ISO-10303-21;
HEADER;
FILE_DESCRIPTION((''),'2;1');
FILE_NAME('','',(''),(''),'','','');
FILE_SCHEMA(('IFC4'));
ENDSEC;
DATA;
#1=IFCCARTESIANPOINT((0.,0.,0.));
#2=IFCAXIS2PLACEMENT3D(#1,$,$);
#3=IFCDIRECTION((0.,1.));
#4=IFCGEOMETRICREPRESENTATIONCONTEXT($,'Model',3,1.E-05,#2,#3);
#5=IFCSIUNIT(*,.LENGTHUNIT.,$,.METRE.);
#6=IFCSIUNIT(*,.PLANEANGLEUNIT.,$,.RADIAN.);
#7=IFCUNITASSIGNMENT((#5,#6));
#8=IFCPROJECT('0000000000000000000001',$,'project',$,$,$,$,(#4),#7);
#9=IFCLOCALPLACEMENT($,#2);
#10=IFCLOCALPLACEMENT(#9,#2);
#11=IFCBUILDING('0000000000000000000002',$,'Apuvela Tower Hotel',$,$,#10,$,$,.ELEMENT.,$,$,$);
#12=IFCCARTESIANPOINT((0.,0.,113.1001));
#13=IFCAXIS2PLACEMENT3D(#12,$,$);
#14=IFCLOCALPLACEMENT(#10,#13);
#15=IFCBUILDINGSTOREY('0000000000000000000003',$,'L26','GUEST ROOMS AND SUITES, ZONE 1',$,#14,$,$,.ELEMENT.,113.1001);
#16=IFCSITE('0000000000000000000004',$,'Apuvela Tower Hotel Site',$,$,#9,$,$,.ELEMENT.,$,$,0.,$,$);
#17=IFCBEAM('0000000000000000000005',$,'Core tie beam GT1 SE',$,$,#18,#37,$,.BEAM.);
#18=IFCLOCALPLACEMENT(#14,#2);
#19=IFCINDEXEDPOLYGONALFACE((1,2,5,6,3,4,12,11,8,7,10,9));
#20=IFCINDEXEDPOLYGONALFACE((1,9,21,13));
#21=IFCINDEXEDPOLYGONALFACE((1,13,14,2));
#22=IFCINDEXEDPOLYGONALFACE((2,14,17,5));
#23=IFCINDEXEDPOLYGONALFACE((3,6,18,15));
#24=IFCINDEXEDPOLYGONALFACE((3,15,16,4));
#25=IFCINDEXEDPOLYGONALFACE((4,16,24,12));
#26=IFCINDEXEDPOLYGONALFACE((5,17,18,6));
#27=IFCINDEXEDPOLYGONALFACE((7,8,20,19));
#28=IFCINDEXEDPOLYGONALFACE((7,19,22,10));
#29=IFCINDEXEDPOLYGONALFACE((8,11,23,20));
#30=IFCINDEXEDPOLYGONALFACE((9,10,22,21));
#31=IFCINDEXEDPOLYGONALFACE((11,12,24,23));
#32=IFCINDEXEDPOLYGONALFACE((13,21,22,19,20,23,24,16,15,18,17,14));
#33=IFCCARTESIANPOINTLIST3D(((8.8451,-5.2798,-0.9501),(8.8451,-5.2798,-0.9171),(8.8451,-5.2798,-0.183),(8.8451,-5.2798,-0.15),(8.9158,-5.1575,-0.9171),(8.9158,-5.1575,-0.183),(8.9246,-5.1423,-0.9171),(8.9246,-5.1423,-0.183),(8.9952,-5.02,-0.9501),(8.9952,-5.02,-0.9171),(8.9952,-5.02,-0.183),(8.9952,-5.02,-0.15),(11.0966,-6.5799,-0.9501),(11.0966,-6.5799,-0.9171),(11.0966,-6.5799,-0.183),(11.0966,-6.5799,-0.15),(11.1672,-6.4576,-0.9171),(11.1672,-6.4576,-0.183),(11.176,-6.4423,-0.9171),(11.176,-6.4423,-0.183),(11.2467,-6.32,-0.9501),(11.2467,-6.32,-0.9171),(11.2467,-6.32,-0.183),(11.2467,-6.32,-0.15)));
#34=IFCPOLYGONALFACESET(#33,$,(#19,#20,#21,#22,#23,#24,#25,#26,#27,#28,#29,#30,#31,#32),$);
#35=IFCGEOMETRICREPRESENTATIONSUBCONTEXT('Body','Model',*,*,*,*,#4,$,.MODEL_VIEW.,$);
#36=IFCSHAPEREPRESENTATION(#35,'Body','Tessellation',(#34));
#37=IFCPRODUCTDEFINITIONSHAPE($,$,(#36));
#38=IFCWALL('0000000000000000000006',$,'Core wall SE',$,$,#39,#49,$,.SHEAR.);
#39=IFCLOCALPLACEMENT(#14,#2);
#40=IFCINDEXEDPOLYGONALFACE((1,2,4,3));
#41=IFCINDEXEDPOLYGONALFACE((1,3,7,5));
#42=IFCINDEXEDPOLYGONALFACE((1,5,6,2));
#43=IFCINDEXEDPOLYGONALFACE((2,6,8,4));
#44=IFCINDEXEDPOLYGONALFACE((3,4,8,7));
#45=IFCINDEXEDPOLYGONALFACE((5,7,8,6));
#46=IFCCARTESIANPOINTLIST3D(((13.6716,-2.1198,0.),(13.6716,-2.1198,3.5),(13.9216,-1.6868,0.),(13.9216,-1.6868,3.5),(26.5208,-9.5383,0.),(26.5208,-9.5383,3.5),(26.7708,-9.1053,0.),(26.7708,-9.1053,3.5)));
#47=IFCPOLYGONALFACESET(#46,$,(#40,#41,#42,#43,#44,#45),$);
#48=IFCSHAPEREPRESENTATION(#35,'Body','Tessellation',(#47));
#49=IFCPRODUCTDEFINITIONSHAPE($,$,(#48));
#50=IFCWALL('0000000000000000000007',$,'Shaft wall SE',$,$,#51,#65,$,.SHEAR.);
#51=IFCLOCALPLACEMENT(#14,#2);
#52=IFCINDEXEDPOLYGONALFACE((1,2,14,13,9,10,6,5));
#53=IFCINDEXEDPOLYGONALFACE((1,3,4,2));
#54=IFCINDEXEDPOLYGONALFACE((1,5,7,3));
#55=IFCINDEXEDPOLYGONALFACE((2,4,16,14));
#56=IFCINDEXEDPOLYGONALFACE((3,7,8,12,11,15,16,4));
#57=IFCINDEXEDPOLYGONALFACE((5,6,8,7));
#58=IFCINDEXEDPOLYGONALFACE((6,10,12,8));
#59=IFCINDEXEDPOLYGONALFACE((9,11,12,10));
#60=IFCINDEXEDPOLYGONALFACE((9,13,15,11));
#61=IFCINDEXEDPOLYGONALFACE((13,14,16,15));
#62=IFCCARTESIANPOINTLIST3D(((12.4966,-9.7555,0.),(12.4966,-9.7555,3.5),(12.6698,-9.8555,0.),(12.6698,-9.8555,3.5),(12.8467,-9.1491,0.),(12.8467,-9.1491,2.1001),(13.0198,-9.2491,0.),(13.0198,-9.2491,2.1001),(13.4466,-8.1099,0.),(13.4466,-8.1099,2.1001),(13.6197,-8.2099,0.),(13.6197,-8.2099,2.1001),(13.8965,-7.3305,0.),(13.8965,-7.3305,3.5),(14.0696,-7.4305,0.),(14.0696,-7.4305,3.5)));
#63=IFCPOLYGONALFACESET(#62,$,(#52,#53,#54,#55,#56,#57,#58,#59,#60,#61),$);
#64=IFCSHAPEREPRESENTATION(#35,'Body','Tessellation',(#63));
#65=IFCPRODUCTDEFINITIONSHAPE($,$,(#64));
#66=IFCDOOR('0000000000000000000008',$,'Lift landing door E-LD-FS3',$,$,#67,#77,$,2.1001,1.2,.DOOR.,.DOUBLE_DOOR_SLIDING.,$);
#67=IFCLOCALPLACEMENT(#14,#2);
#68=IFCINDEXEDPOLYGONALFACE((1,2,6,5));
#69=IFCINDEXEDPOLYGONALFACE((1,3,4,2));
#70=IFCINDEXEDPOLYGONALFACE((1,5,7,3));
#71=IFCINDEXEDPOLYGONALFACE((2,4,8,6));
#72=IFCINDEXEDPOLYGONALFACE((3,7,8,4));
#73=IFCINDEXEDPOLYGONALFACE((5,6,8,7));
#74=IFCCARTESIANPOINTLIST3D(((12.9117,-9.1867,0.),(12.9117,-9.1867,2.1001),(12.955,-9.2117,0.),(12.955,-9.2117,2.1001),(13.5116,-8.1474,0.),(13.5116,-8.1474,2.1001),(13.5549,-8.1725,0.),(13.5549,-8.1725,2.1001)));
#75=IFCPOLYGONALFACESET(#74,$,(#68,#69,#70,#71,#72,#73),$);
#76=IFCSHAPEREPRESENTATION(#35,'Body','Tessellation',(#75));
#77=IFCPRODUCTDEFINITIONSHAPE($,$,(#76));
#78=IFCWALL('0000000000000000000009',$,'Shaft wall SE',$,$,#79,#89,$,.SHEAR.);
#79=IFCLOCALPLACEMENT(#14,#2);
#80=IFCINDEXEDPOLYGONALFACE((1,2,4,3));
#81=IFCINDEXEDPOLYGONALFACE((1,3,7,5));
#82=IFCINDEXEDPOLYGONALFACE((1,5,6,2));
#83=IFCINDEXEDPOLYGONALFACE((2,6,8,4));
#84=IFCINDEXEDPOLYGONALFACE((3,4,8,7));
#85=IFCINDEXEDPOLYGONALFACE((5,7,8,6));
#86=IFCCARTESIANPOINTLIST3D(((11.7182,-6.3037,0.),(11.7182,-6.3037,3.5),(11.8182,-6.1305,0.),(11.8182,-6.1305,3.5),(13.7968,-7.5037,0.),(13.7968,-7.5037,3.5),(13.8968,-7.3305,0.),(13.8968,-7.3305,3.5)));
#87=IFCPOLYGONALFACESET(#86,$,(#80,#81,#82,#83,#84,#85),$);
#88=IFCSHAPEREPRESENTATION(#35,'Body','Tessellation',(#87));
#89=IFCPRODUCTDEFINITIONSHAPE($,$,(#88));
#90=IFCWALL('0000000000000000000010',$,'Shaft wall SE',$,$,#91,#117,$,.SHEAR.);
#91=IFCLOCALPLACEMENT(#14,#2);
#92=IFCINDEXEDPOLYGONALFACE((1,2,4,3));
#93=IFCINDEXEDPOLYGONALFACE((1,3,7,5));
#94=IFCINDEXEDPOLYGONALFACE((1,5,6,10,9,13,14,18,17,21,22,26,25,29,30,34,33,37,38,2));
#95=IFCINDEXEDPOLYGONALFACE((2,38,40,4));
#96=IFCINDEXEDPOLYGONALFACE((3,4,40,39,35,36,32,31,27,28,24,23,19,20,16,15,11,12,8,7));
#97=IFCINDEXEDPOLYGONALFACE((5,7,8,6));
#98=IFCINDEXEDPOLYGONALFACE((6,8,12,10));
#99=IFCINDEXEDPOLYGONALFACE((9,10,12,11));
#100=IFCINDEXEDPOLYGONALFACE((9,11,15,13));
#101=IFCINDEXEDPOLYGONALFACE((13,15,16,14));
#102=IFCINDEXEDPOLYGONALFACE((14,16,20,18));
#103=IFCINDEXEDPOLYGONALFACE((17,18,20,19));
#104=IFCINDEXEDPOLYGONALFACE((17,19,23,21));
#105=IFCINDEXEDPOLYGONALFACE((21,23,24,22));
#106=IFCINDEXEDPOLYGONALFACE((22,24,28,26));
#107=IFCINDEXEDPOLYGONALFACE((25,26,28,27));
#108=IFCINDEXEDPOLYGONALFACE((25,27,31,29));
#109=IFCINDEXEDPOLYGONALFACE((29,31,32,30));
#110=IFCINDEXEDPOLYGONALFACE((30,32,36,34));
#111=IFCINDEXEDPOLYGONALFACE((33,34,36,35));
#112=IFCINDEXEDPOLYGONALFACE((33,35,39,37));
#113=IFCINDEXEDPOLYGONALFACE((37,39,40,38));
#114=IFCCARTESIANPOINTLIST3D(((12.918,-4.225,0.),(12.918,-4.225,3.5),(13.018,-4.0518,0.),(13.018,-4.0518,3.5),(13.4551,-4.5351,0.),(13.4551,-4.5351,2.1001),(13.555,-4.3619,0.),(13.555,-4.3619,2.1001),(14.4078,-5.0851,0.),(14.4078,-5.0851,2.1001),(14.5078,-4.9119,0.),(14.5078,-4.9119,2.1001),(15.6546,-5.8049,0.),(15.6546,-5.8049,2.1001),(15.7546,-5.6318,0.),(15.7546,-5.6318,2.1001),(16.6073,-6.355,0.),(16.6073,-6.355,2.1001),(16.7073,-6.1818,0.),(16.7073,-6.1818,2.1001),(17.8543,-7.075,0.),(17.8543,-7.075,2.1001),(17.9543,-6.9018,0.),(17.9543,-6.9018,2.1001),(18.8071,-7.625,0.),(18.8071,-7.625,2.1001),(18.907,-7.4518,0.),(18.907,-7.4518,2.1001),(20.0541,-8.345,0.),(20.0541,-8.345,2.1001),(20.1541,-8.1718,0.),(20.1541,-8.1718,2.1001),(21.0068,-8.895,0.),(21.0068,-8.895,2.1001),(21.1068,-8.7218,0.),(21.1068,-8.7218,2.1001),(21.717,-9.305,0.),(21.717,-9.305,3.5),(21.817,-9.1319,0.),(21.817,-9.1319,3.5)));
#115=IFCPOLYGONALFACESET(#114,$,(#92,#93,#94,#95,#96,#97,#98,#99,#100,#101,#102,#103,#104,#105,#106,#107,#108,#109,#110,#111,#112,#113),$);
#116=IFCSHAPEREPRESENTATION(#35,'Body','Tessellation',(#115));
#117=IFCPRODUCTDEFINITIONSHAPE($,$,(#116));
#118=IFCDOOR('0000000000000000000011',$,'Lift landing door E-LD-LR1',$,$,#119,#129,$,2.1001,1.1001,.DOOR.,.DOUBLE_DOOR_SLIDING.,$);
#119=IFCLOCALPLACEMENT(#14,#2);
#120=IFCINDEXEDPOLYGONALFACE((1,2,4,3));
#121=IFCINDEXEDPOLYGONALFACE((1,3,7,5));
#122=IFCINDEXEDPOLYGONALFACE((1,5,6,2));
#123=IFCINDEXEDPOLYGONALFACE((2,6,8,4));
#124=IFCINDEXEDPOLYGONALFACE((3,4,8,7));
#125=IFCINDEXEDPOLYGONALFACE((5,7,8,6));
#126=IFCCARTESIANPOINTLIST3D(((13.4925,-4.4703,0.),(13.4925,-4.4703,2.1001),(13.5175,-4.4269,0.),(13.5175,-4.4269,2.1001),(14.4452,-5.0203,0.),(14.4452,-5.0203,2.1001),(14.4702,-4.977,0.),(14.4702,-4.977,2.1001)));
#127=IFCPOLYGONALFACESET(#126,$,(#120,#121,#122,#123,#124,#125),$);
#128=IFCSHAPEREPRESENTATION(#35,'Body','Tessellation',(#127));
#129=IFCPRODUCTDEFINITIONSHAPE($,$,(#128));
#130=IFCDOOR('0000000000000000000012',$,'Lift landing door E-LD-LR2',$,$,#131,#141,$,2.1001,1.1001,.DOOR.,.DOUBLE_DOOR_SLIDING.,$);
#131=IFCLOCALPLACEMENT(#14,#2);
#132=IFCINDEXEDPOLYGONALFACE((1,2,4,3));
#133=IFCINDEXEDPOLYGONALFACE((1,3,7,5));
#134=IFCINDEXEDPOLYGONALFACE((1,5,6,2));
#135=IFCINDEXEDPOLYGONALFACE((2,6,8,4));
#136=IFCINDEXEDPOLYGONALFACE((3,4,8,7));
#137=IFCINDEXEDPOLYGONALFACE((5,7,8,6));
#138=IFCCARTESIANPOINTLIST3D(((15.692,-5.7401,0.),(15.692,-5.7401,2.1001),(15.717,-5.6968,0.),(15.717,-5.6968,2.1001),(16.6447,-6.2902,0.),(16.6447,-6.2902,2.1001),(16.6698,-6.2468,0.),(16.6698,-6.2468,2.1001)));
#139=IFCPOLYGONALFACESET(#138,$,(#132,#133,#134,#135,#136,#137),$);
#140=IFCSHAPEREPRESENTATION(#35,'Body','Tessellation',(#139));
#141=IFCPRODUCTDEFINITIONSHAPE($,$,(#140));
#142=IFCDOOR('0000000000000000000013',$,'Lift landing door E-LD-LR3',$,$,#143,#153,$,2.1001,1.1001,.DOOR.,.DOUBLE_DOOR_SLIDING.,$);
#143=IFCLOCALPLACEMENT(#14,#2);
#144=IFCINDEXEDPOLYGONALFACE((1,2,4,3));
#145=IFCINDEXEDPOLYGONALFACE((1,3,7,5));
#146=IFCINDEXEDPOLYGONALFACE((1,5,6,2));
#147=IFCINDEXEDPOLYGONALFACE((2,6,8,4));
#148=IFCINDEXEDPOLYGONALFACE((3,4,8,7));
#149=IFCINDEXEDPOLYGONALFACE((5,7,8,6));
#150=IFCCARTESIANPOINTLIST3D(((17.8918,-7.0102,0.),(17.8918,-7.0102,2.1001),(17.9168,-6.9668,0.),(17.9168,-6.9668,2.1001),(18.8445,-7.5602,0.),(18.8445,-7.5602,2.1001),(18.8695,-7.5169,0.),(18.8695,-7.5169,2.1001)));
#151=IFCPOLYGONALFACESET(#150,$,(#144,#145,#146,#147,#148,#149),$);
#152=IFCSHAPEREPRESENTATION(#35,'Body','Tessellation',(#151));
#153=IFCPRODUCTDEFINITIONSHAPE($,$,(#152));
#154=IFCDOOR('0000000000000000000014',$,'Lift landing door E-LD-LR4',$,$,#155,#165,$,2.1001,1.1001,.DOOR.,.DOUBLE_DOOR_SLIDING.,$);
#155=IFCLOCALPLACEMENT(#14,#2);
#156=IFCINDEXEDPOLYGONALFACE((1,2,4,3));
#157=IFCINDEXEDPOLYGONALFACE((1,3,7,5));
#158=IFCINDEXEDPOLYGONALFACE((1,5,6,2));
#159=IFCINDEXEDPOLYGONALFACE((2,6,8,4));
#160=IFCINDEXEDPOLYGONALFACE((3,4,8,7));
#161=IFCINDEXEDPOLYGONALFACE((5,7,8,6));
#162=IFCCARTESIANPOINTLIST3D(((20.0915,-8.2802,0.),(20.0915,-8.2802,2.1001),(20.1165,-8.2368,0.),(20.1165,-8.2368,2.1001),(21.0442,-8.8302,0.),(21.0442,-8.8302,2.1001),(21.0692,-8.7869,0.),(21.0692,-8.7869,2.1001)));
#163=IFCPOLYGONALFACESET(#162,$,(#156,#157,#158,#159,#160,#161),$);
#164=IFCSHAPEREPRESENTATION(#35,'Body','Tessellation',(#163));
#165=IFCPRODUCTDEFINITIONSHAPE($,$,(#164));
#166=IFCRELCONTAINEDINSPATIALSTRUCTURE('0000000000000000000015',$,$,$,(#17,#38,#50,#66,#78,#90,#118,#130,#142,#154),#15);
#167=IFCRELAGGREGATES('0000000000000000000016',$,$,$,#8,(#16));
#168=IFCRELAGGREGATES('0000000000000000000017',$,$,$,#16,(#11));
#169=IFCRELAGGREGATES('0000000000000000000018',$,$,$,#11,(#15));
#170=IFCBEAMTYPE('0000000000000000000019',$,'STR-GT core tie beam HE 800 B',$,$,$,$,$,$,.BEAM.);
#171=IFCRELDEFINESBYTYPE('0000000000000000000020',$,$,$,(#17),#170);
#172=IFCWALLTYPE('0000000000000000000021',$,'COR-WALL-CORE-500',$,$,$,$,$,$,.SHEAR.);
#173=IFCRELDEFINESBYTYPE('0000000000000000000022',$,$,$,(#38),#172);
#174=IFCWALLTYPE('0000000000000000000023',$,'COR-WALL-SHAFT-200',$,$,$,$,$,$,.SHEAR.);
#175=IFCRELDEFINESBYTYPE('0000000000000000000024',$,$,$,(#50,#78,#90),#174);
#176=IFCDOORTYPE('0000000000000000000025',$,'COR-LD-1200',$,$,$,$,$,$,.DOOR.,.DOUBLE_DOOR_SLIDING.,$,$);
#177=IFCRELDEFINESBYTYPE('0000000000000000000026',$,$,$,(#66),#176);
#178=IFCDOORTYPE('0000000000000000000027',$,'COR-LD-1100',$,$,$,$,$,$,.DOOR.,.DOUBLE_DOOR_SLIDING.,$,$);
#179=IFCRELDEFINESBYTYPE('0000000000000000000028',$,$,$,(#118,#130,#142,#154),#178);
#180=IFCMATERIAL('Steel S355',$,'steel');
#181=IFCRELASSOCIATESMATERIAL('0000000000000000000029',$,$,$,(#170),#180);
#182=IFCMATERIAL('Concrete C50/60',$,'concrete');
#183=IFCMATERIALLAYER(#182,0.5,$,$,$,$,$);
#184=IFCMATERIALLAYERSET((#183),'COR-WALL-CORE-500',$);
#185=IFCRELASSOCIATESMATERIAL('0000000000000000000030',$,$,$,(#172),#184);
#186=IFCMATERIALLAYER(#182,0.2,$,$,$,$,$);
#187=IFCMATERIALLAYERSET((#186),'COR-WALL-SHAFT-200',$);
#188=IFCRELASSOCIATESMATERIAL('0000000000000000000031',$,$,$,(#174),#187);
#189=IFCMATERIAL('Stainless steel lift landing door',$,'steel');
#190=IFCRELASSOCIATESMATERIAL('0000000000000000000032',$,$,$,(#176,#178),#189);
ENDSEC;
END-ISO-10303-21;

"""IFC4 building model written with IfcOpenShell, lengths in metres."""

from ifc_helpers import new_model, si_unit, direction, frame, frame_2d, origin, origin_2d, place, context, subcontext, project, spatial, rectangle, i_section, extrude, material, layer, layer_set, material_profile, profile_set, type_object, element, fill, save


model = new_model("IFC4")

# Units and contexts
model_context = context("Model", 3, precision=1e-05, world=origin(), true_north=direction((0.0, 1.0)))
body_context = subcontext(model_context, "Body", "Model", "MODEL_VIEW")
ifc_project = project(units=[si_unit("LENGTHUNIT", "METRE"), si_unit("PLANEANGLEUNIT", "RADIAN")], contexts=[model_context])

# Site, building, storey
site_placement = place(None, origin())
site = spatial("IfcSite", under=ifc_project, at=site_placement, Name="Apuvela Tower Hotel Site", CompositionType="ELEMENT", RefElevation=0.0)
building_placement = place(site_placement, origin())
building = spatial("IfcBuilding", under=site, at=building_placement, Name="Apuvela Tower Hotel", CompositionType="ELEMENT")
storey_placement = place(building_placement, frame((0.0, 0.0, 113.1001)))
storey = spatial("IfcBuildingStorey", under=building, at=storey_placement, Name="L26", Description="GUEST ROOMS AND SUITES, ZONE 1", CompositionType="ELEMENT", Elevation=113.1001)

# Beam
ifc_material_1 = material(Name="Steel S355", Category="steel")
ifc_material_profile = material_profile(ifc_material_1, i_section(OverallWidth=0.3, OverallDepth=0.8, WebThickness=0.0176, FlangeThickness=0.033, at=origin_2d()), Name="HE 800 B")
ifc_profile_set = profile_set([ifc_material_profile], Name="Steel S355")
beam_type = type_object("IfcBeamType", Name="STR-GT core tie beam HE 800 B", PredefinedType="BEAM", material=ifc_profile_set)
beam_placement = place(storey_placement, frame((11.1716, -6.45, -0.55), z_axis=(-0.865998, 0.500048, 0.0), x_axis=(-0.500048, -0.865998, 0.0)))
element("IfcBeam", 1, at=beam_placement, inside=storey, type_object=beam_type, Name="Core tie beam GT1 SE", PredefinedType="BEAM", context=body_context, shape_type="SweptSolid", body=[
    extrude(i_section(OverallWidth=0.3, OverallDepth=0.8, WebThickness=0.0176, FlangeThickness=0.033, at=origin_2d()), origin(), (0.0, 0.0, 1.0), 2.5999),
])

# Wall
ifc_material_2 = material(Name="Concrete C50/60", Category="concrete")
ifc_layer_1 = layer(ifc_material_2, 0.5)
ifc_layer_set_1 = layer_set([ifc_layer_1], Name="COR-WALL-CORE-500")
wall_type_1 = type_object("IfcWallType", Name="COR-WALL-CORE-500", PredefinedType="SHEAR", material=ifc_layer_set_1)
wall_1_placement = place(storey_placement, frame((13.7966, -1.9033, 0.0), z_axis=(0.0, 0.0, 1.0), x_axis=(0.866025, -0.500001, 0.0)))
element("IfcWall", 2, at=wall_1_placement, inside=storey, type_object=wall_type_1, Name="Core wall SE", PredefinedType="SHEAR", context=body_context, shape_type="SweptSolid", body=[
    extrude(rectangle(XDim=14.8369, YDim=0.5, at=frame_2d((7.4185, 0.0))), origin(), (0.0, 0.0, 1.0), 3.5),
])

# Wall, opening, door
ifc_layer_2 = layer(ifc_material_2, 0.2)
ifc_layer_set_2 = layer_set([ifc_layer_2], Name="COR-WALL-SHAFT-200")
wall_type_2 = type_object("IfcWallType", Name="COR-WALL-SHAFT-200", PredefinedType="SHEAR", material=ifc_layer_set_2)
wall_2_placement = place(storey_placement, frame((12.5833, -9.8054, 0.0), z_axis=(0.0, 0.0, 1.0), x_axis=(0.499946, 0.866056, 0.0)))
wall_2 = element("IfcWall", 3, at=wall_2_placement, inside=storey, type_object=wall_type_2, Name="Shaft wall SE", PredefinedType="SHEAR", context=body_context, shape_type="SweptSolid", body=[
    extrude(rectangle(XDim=2.8, YDim=0.2, at=frame_2d((1.3999, 0.0))), origin(), (0.0, 0.0, 1.0), 3.5),
])
opening_1_placement = place(wall_2_placement, frame((0.7, 0.0, 0.0)))
opening_1 = element("IfcOpeningElement", 4, at=opening_1_placement, cuts=wall_2, PredefinedType="OPENING", context=body_context, shape_type="SweptSolid", body=[
    extrude(rectangle(XDim=1.2, YDim=2.1001, at=frame_2d((0.6001, 1.05))), frame((0.0, 0.1099, 0.0), z_axis=(0.0, -1.0, 0.0), x_axis=(1.0, 0.0, 0.0)), (0.0, 0.0, 1.0), 0.22),
])
ifc_material_3 = material(Name="Stainless steel lift landing door", Category="steel")
door_type_1 = type_object("IfcDoorType", Name="COR-LD-1200", OperationType="DOUBLE_DOOR_SLIDING", PredefinedType="DOOR", material=ifc_material_3)
door_1_placement = place(opening_1_placement, origin())
door_1 = element("IfcDoor", 5, at=door_1_placement, inside=storey, type_object=door_type_1, Name="Lift landing door E-LD-FS3", OperationType="DOUBLE_DOOR_SLIDING", OverallHeight=2.1001, OverallWidth=1.2, PredefinedType="DOOR", context=body_context, shape_type="SweptSolid", body=[
    extrude(rectangle(XDim=1.2, YDim=2.1001, at=frame_2d((0.6001, 1.05))), frame((0.0, 0.0249, 0.0), z_axis=(0.0, -1.0, 0.0), x_axis=(1.0, 0.0, 0.0)), (0.0, 0.0, 1.0), 0.05),
])
fill(opening_1, door_1)

# Wall
wall_3_placement = place(storey_placement, frame((11.7681, -6.217, 0.0), z_axis=(0.0, 0.0, 1.0), x_axis=(0.86605, -0.499957, 0.0)))
element("IfcWall", 6, at=wall_3_placement, inside=storey, type_object=wall_type_2, Name="Shaft wall SE", PredefinedType="SHEAR", context=body_context, shape_type="SweptSolid", body=[
    extrude(rectangle(XDim=2.4001, YDim=0.2, at=frame_2d((1.2002, 0.0))), origin(), (0.0, 0.0, 1.0), 3.5),
])

# Wall, openings, doors
wall_4_placement = place(storey_placement, frame((12.968, -4.1384, 0.0), z_axis=(0.0, 0.0, 1.0), x_axis=(0.866028, -0.499995, 0.0)))
wall_4 = element("IfcWall", 7, at=wall_4_placement, inside=storey, type_object=wall_type_2, Name="Shaft wall SE", PredefinedType="SHEAR", context=body_context, shape_type="SweptSolid", body=[
    extrude(rectangle(XDim=10.1602, YDim=0.2, at=frame_2d((5.0801, 0.0))), origin(), (0.0, 0.0, 1.0), 3.5),
])
opening_2_placement = place(wall_4_placement, frame((0.6201, 0.0, 0.0)))
opening_2 = element("IfcOpeningElement", 8, at=opening_2_placement, cuts=wall_4, PredefinedType="OPENING", context=body_context, shape_type="SweptSolid", body=[
    extrude(rectangle(XDim=1.1001, YDim=2.1001, at=frame_2d((0.55, 1.05))), frame((0.0, 0.1099, 0.0), z_axis=(0.0, -1.0, 0.0), x_axis=(1.0, 0.0, 0.0)), (0.0, 0.0, 1.0), 0.22),
])
opening_3_placement = place(wall_4_placement, frame((3.1599, 0.0, 0.0)))
opening_3 = element("IfcOpeningElement", 9, at=opening_3_placement, cuts=wall_4, PredefinedType="OPENING", context=body_context, shape_type="SweptSolid", body=[
    extrude(rectangle(XDim=1.1001, YDim=2.1001, at=frame_2d((0.55, 1.05))), frame((0.0, 0.1099, 0.0), z_axis=(0.0, -1.0, 0.0), x_axis=(1.0, 0.0, 0.0)), (0.0, 0.0, 1.0), 0.22),
])
opening_4_placement = place(wall_4_placement, frame((5.7, 0.0, 0.0)))
opening_4 = element("IfcOpeningElement", 10, at=opening_4_placement, cuts=wall_4, PredefinedType="OPENING", context=body_context, shape_type="SweptSolid", body=[
    extrude(rectangle(XDim=1.1001, YDim=2.1001, at=frame_2d((0.55, 1.05))), frame((0.0, 0.1099, 0.0), z_axis=(0.0, -1.0, 0.0), x_axis=(1.0, 0.0, 0.0)), (0.0, 0.0, 1.0), 0.22),
])
opening_5_placement = place(wall_4_placement, frame((8.24, 0.0, 0.0)))
opening_5 = element("IfcOpeningElement", 11, at=opening_5_placement, cuts=wall_4, PredefinedType="OPENING", context=body_context, shape_type="SweptSolid", body=[
    extrude(rectangle(XDim=1.1001, YDim=2.1001, at=frame_2d((0.55, 1.05))), frame((0.0, 0.1099, 0.0), z_axis=(0.0, -1.0, 0.0), x_axis=(1.0, 0.0, 0.0)), (0.0, 0.0, 1.0), 0.22),
])
door_type_2 = type_object("IfcDoorType", Name="COR-LD-1100", OperationType="DOUBLE_DOOR_SLIDING", PredefinedType="DOOR", material=ifc_material_3)
door_2_placement = place(opening_2_placement, origin())
door_2 = element("IfcDoor", 12, at=door_2_placement, inside=storey, type_object=door_type_2, Name="Lift landing door E-LD-LR1", OperationType="DOUBLE_DOOR_SLIDING", OverallHeight=2.1001, OverallWidth=1.1001, PredefinedType="DOOR", context=body_context, shape_type="SweptSolid", body=[
    extrude(rectangle(XDim=1.1001, YDim=2.1001, at=frame_2d((0.55, 1.05))), frame((0.0, 0.0249, 0.0), z_axis=(0.0, -1.0, 0.0), x_axis=(1.0, 0.0, 0.0)), (0.0, 0.0, 1.0), 0.05),
])
fill(opening_2, door_2)
door_3_placement = place(opening_3_placement, origin())
door_3 = element("IfcDoor", 13, at=door_3_placement, inside=storey, type_object=door_type_2, Name="Lift landing door E-LD-LR2", OperationType="DOUBLE_DOOR_SLIDING", OverallHeight=2.1001, OverallWidth=1.1001, PredefinedType="DOOR", context=body_context, shape_type="SweptSolid", body=[
    extrude(rectangle(XDim=1.1001, YDim=2.1001, at=frame_2d((0.55, 1.05))), frame((0.0, 0.0249, 0.0), z_axis=(0.0, -1.0, 0.0), x_axis=(1.0, 0.0, 0.0)), (0.0, 0.0, 1.0), 0.05),
])
fill(opening_3, door_3)
door_4_placement = place(opening_4_placement, origin())
door_4 = element("IfcDoor", 14, at=door_4_placement, inside=storey, type_object=door_type_2, Name="Lift landing door E-LD-LR3", OperationType="DOUBLE_DOOR_SLIDING", OverallHeight=2.1001, OverallWidth=1.1001, PredefinedType="DOOR", context=body_context, shape_type="SweptSolid", body=[
    extrude(rectangle(XDim=1.1001, YDim=2.1001, at=frame_2d((0.55, 1.05))), frame((0.0, 0.0249, 0.0), z_axis=(0.0, -1.0, 0.0), x_axis=(1.0, 0.0, 0.0)), (0.0, 0.0, 1.0), 0.05),
])
fill(opening_4, door_4)
door_5_placement = place(opening_5_placement, origin())
door_5 = element("IfcDoor", 15, at=door_5_placement, inside=storey, type_object=door_type_2, Name="Lift landing door E-LD-LR4", OperationType="DOUBLE_DOOR_SLIDING", OverallHeight=2.1001, OverallWidth=1.1001, PredefinedType="DOOR", context=body_context, shape_type="SweptSolid", body=[
    extrude(rectangle(XDim=1.1001, YDim=2.1001, at=frame_2d((0.55, 1.05))), frame((0.0, 0.0249, 0.0), z_axis=(0.0, -1.0, 0.0), x_axis=(1.0, 0.0, 0.0)), (0.0, 0.0, 1.0), 0.05),
])
fill(opening_5, door_5)

save(model, "model.ifc")
